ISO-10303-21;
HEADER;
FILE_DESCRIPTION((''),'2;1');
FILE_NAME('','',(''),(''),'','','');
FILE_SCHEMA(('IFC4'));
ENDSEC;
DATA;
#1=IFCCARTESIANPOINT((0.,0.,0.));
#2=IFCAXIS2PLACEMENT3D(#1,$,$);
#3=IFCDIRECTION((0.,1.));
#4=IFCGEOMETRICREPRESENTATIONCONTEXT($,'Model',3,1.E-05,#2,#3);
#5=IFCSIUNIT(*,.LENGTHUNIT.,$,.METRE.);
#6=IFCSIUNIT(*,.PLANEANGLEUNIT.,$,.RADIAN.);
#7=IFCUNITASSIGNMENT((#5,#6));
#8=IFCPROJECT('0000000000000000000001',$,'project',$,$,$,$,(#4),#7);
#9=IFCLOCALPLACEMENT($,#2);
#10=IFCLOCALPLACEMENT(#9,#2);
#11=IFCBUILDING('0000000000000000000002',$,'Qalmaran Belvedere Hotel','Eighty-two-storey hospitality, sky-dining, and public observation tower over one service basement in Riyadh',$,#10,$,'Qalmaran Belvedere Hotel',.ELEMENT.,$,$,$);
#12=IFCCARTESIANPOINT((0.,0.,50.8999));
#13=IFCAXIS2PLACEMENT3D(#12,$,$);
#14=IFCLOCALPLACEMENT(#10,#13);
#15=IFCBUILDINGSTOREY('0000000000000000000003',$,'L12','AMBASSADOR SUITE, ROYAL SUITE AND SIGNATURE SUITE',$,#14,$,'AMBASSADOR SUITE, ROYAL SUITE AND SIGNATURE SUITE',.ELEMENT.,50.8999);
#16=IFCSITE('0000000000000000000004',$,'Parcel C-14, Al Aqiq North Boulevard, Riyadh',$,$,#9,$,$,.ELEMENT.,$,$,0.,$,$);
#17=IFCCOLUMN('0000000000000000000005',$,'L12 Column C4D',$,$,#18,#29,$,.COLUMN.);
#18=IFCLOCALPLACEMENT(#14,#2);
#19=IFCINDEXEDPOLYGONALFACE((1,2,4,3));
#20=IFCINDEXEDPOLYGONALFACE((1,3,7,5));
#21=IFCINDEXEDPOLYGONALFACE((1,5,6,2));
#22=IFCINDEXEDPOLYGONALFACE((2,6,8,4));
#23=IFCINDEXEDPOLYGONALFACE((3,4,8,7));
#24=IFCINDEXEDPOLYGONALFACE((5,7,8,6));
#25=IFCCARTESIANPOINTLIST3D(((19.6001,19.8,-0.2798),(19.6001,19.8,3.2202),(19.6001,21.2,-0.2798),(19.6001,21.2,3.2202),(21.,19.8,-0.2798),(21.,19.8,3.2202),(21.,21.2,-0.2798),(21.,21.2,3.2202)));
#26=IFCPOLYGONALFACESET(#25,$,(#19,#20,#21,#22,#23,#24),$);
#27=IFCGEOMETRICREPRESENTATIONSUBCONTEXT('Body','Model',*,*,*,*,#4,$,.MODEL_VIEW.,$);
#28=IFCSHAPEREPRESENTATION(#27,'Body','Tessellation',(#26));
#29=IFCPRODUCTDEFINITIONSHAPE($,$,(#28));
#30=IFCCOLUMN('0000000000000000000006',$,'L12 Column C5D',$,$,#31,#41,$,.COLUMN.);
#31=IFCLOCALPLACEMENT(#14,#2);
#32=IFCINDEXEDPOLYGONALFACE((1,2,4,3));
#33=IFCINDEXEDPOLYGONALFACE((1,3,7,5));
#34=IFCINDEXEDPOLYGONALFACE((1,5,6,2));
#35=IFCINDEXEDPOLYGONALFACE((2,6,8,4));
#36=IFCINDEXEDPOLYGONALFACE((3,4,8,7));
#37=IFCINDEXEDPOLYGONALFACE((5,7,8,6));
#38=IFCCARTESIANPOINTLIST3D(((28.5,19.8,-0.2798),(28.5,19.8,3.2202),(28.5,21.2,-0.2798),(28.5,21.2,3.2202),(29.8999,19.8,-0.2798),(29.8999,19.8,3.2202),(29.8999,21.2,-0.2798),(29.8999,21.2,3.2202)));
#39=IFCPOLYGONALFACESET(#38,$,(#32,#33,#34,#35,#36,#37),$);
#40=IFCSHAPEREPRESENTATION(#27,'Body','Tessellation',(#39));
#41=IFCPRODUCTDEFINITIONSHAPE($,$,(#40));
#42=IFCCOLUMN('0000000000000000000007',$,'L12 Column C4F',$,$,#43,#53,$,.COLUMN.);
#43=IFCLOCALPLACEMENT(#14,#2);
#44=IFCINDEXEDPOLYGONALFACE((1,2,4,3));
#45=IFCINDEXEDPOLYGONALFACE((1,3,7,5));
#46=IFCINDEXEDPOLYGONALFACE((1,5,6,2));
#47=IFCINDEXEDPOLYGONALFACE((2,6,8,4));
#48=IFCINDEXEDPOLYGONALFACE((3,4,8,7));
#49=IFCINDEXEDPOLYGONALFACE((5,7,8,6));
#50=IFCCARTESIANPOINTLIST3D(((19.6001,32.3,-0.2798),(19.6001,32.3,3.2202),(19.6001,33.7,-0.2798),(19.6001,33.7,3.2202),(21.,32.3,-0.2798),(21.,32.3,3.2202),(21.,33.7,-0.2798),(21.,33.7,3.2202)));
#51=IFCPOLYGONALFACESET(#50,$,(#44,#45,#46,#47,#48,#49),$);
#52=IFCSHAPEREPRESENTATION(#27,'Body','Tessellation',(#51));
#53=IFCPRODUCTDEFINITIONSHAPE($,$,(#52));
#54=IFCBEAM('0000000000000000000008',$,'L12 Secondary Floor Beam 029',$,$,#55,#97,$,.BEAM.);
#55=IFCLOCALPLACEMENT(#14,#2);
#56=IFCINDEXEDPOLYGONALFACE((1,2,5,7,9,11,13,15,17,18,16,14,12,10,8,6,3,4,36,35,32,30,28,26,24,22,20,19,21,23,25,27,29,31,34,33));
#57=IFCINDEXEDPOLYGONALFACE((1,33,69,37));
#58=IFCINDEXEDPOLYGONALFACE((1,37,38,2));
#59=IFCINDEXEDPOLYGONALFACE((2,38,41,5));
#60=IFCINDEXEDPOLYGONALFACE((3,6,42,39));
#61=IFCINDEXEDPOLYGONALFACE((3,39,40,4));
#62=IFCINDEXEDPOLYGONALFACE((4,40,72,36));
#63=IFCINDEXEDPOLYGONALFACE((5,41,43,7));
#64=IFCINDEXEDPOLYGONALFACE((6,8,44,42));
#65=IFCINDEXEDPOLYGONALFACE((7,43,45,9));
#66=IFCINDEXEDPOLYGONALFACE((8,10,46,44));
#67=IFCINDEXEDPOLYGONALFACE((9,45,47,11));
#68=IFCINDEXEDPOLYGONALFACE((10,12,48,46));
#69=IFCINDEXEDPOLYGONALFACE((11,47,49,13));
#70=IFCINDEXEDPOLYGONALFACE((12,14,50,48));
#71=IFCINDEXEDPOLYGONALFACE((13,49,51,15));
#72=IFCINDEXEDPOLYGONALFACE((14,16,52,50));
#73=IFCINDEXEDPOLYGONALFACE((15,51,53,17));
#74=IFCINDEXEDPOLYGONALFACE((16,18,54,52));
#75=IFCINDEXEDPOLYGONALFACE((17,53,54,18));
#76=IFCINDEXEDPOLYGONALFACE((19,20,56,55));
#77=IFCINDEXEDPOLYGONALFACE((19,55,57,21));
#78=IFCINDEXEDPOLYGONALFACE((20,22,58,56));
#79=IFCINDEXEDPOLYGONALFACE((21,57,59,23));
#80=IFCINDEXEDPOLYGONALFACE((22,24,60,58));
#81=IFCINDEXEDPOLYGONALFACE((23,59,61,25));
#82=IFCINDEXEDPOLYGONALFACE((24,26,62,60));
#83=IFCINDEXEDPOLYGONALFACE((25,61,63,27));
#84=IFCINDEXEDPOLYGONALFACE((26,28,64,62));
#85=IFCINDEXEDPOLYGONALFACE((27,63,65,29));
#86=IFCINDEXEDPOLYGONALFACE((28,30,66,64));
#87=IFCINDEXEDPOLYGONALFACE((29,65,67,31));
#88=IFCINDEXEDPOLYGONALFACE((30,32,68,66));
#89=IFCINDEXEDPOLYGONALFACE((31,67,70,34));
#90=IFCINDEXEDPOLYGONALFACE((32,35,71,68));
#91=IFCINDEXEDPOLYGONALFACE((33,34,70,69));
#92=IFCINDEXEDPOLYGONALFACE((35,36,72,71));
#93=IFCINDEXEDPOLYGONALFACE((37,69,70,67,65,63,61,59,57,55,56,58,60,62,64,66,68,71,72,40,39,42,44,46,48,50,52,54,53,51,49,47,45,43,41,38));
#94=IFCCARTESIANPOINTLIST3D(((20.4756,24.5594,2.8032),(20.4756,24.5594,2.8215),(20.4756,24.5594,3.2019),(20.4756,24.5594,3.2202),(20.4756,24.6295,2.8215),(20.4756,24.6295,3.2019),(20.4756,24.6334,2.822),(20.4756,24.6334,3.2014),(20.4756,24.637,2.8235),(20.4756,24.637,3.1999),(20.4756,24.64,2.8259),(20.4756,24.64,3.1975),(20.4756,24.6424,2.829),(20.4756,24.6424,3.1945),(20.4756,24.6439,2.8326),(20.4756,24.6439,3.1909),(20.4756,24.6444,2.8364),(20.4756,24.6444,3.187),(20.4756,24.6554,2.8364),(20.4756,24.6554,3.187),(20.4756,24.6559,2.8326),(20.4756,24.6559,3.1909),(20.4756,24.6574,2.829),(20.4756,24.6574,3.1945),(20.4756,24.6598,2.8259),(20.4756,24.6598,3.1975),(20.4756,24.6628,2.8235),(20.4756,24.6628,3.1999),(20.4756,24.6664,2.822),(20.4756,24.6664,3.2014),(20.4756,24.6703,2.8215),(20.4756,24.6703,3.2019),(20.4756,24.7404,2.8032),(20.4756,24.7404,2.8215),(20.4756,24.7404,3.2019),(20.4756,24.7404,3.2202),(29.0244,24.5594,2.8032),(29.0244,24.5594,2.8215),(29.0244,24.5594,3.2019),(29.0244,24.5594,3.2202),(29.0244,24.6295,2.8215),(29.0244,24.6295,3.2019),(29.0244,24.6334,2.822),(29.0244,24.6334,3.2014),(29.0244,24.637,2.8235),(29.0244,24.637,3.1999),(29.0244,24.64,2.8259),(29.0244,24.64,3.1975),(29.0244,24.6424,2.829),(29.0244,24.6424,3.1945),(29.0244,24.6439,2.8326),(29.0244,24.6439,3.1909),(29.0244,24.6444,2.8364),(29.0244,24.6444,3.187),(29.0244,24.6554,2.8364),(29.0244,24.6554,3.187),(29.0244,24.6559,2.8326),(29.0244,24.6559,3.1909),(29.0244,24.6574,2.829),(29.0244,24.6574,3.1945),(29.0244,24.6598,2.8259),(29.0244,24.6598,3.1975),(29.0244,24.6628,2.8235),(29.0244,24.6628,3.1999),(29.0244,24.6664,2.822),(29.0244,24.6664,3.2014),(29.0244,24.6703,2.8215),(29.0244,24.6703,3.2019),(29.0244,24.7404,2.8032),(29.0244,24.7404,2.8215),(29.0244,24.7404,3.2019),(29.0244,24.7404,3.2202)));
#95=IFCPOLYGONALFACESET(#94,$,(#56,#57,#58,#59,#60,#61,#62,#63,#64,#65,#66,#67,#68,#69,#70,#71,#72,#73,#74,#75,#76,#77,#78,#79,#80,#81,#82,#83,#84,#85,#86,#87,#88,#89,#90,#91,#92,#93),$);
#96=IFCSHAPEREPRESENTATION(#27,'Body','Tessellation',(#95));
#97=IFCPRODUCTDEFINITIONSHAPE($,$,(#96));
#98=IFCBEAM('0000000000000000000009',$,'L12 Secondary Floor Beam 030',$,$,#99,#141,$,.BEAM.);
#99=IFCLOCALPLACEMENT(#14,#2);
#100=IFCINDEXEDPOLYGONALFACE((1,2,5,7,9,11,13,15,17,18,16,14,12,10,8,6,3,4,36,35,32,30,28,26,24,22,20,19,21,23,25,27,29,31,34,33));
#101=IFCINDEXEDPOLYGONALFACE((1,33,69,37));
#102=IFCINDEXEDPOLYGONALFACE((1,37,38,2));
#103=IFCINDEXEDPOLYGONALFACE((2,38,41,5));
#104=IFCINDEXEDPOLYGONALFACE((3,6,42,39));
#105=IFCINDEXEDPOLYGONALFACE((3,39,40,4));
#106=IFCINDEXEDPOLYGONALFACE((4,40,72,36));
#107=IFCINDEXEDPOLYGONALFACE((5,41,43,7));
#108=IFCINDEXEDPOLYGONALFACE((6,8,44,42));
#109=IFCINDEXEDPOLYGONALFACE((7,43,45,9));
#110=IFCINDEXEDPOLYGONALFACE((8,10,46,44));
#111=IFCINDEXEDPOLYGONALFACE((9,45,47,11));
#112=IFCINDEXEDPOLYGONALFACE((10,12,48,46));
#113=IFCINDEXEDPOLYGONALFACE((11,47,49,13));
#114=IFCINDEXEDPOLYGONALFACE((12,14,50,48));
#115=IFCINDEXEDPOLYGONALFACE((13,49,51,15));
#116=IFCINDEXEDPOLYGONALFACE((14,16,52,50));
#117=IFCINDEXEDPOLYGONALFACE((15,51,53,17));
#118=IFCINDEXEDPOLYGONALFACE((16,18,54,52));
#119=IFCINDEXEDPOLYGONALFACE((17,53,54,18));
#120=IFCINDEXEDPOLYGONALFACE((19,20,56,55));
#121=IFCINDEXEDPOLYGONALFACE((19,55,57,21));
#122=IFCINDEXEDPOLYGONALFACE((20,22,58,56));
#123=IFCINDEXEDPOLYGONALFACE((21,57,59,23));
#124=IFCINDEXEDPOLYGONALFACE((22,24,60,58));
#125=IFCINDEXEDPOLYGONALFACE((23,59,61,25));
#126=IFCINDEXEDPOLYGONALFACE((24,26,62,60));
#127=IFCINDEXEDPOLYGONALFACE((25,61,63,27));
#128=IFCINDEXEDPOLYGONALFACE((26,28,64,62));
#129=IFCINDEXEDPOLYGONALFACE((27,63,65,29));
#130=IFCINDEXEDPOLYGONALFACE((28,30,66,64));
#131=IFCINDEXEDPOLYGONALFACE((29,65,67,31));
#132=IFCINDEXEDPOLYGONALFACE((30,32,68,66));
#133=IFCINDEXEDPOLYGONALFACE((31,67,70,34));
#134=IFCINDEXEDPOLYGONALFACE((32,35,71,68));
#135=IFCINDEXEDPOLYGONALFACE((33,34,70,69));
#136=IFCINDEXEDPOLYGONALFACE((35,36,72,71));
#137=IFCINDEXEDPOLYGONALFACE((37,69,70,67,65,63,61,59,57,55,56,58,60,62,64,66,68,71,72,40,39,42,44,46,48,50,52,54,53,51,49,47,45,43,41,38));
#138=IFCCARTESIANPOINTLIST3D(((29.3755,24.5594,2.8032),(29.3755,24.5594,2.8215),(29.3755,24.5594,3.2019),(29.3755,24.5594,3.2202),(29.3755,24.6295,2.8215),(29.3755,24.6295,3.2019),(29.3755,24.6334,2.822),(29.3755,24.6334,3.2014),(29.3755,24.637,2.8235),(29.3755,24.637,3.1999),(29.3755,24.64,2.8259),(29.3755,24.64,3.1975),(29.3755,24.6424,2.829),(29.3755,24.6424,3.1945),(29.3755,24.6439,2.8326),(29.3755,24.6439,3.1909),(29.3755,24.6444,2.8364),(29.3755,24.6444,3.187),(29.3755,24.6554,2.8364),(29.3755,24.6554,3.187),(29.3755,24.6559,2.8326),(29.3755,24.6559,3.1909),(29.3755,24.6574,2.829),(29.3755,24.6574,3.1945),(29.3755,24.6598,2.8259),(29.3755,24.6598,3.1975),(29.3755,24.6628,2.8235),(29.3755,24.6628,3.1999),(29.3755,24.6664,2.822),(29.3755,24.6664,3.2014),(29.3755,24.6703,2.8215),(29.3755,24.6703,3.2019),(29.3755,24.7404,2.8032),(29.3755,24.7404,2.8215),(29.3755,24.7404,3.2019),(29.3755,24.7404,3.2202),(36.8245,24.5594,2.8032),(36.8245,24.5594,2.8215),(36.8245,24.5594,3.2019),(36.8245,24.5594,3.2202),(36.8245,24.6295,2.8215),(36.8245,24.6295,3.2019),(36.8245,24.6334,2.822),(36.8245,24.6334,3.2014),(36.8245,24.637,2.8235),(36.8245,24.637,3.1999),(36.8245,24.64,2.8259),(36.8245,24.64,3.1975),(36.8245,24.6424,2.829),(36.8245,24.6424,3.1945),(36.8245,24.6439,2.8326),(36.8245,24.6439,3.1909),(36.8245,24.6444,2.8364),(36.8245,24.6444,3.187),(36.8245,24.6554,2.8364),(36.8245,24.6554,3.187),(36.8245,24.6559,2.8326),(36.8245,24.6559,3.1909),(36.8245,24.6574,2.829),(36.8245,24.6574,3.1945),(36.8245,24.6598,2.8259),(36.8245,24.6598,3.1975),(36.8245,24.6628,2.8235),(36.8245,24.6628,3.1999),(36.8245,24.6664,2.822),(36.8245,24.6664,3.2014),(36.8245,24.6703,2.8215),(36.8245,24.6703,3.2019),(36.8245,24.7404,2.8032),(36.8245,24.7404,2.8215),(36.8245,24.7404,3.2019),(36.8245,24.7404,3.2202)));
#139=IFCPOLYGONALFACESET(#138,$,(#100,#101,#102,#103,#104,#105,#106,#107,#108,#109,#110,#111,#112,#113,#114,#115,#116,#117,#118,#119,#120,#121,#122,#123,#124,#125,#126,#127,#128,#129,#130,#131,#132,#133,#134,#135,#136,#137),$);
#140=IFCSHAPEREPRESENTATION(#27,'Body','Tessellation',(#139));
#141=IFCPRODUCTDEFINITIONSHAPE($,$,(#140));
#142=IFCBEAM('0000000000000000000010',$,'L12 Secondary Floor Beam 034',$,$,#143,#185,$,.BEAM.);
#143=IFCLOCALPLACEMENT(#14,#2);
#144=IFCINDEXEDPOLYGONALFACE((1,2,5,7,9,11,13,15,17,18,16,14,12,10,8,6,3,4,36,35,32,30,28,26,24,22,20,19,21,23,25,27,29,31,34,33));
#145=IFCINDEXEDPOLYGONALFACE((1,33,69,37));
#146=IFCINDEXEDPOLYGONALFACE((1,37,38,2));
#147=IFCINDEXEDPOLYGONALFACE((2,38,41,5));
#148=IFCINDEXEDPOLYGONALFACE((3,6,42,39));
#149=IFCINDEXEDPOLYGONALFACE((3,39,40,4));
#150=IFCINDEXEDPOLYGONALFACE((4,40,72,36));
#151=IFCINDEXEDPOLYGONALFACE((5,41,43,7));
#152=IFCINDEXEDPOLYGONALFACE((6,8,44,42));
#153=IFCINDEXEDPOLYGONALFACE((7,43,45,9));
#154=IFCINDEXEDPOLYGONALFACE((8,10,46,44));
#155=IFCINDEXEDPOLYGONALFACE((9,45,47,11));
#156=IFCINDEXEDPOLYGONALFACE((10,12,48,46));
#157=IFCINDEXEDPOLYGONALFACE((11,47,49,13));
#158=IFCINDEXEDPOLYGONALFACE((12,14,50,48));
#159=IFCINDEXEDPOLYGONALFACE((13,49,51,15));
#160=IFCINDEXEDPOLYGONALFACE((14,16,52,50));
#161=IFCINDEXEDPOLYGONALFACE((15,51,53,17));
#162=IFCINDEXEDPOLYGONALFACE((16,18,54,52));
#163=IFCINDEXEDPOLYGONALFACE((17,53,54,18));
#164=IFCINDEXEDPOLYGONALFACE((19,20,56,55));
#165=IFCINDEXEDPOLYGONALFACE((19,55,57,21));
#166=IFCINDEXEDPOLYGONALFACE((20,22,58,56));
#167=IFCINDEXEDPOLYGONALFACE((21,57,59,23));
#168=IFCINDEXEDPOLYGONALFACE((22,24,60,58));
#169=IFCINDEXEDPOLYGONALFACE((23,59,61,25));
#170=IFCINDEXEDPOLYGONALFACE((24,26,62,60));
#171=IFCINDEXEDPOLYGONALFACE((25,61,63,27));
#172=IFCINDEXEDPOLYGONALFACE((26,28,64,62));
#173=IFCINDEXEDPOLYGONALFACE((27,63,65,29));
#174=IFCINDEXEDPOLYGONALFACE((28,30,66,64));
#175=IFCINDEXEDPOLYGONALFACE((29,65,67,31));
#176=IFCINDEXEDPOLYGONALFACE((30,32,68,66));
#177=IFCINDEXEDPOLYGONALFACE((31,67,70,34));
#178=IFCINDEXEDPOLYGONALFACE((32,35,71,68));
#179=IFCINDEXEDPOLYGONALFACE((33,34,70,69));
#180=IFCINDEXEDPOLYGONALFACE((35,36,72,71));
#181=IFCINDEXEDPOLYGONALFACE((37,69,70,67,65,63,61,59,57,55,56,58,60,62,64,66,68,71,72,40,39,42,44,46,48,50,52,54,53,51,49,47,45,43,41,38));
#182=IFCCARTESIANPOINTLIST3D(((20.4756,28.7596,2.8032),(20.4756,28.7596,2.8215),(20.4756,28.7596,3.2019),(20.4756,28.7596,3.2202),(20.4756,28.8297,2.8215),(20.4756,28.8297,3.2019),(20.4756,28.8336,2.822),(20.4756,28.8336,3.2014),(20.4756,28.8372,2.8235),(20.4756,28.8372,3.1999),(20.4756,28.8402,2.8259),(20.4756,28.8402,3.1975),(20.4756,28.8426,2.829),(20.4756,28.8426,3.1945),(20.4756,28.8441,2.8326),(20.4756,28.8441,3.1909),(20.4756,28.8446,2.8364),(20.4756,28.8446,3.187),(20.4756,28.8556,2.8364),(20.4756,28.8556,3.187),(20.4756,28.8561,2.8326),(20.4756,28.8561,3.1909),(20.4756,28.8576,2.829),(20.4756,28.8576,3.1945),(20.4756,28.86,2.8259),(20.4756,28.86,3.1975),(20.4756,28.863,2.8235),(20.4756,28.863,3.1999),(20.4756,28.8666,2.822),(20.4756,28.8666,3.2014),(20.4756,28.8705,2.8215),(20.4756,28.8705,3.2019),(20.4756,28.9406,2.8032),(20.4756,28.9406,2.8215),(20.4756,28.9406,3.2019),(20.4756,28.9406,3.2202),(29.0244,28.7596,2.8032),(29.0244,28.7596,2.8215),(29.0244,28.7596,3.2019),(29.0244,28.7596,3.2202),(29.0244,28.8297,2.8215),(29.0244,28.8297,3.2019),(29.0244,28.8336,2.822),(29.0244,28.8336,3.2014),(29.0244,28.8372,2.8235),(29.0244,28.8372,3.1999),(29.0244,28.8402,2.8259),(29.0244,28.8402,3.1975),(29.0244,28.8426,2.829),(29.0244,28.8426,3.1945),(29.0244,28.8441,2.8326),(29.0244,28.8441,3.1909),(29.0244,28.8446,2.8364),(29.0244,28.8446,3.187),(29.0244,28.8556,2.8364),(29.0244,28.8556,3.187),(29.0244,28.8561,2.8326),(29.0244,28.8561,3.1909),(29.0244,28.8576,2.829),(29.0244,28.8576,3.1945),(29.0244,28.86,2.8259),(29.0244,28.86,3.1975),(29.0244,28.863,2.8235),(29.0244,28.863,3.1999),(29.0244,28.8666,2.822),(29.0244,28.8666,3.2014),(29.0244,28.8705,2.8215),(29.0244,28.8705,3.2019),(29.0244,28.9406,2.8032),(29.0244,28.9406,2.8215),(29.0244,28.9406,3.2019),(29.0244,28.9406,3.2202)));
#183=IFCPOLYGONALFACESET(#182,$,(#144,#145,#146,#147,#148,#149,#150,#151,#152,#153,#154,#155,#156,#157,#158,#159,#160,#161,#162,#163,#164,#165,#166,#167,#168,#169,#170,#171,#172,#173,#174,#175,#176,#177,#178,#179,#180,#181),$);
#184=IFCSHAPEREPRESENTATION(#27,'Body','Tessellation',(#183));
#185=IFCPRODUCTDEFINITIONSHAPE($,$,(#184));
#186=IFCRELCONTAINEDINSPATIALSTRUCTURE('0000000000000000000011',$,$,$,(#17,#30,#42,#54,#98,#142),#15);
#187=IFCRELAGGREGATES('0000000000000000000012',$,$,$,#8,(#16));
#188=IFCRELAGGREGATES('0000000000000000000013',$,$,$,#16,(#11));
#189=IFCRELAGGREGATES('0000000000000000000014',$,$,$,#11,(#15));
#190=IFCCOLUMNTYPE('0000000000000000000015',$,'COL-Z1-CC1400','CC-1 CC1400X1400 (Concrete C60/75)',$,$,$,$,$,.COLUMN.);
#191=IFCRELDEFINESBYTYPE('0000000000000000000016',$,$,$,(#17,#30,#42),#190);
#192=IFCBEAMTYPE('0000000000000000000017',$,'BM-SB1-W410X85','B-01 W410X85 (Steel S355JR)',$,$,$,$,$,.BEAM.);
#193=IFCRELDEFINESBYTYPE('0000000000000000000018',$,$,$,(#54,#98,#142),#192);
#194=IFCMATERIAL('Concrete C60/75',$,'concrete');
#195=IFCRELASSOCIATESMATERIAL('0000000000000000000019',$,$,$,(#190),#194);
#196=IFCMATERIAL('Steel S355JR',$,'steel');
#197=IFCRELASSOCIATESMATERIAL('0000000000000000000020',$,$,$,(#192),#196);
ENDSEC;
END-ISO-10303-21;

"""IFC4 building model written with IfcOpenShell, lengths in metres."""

from ifc_helpers import new_model, si_unit, direction, frame, origin, origin_2d, place, context, subcontext, project, spatial, rectangle, i_section, extrude, material, material_profile, profile_set, type_object, element, save


model = new_model("IFC4")

# Units and contexts
model_context = context("Model", 3, precision=1e-05, world=origin(), true_north=direction((0.0, 1.0)))
body_context = subcontext(model_context, "Body", "Model", "MODEL_VIEW")
ifc_project = project(units=[si_unit("LENGTHUNIT", "METRE"), si_unit("PLANEANGLEUNIT", "RADIAN")], contexts=[model_context])

# Site, building, storey
site_placement = place(None, origin())
site = spatial("IfcSite", under=ifc_project, at=site_placement, Name="Parcel C-14, Al Aqiq North Boulevard, Riyadh", CompositionType="ELEMENT", RefElevation=0.0)
building_placement = place(site_placement, origin())
building = spatial("IfcBuilding", under=site, at=building_placement, Name="Qalmaran Belvedere Hotel", Description="Eighty-two-storey hospitality, sky-dining, and public observation tower over one service basement in Riyadh", LongName="Qalmaran Belvedere Hotel", CompositionType="ELEMENT")
storey_placement = place(building_placement, frame((0.0, 0.0, 50.8999)))
storey = spatial("IfcBuildingStorey", under=building, at=storey_placement, Name="L12", Description="AMBASSADOR SUITE, ROYAL SUITE AND SIGNATURE SUITE", LongName="AMBASSADOR SUITE, ROYAL SUITE AND SIGNATURE SUITE", CompositionType="ELEMENT", Elevation=50.8999)

# Columns
ifc_material_1 = material(Name="Concrete C60/75", Category="concrete")
ifc_material_profile_1 = material_profile(ifc_material_1, rectangle(XDim=1.3999, YDim=1.3999, at=origin_2d()), Name="CC1400X1400")
ifc_profile_set_1 = profile_set([ifc_material_profile_1], Name="Concrete C60/75")
column_type = type_object("IfcColumnType", Name="COL-Z1-CC1400", Description="CC-1 CC1400X1400 (Concrete C60/75)", PredefinedType="COLUMN", material=ifc_profile_set_1)
for number, where, z_axis, x_axis, name in (
    (1, (20.3, 20.5, -0.2798), (0.0, 0.0, 1.0), (1.0, 0.0, 0.0), "L12 Column C4D"),
    (2, (29.2, 20.5, -0.2798), (0.0, 0.0, 1.0), (1.0, 0.0, 0.0), "L12 Column C5D"),
    (3, (20.3, 33.0, -0.2798), (0.0, 0.0, 1.0), (1.0, 0.0, 0.0), "L12 Column C4F"),
):
    element("IfcColumn", number, at=place(storey_placement, frame(where, z_axis=z_axis, x_axis=x_axis)), inside=storey, type_object=column_type, Name=name, PredefinedType="COLUMN", context=body_context, shape_type="SweptSolid", body=[
        extrude(rectangle(XDim=1.3999, YDim=1.3999, at=origin_2d()), origin(), (0.0, 0.0, 1.0), 3.5),
    ])

# Beams
ifc_material_2 = material(Name="Steel S355JR", Category="steel")
ifc_material_profile_2 = material_profile(ifc_material_2, i_section(OverallWidth=0.1809, OverallDepth=0.417, WebThickness=0.011, FlangeThickness=0.0183, FilletRadius=0.0149, at=origin_2d()), Name="W410X85")
ifc_profile_set_2 = profile_set([ifc_material_profile_2], Name="Steel S355JR")
beam_type_1 = type_object("IfcBeamType", Name="BM-SB1-W410X85", Description="B-01 W410X85 (Steel S355JR)", PredefinedType="BEAM", material=ifc_profile_set_2)
beam_1_placement = place(storey_placement, frame((20.4756, 24.6499, 3.0117), z_axis=(1.0, 0.0, 0.0), x_axis=(0.0, 1.0, 0.0)))
element("IfcBeam", 4, at=beam_1_placement, inside=storey, type_object=beam_type_1, Name="L12 Secondary Floor Beam 029", PredefinedType="BEAM", context=body_context, shape_type="SweptSolid", body=[
    extrude(i_section(OverallWidth=0.1809, OverallDepth=0.417, WebThickness=0.011, FlangeThickness=0.0183, FilletRadius=0.0149, at=origin_2d()), origin(), (0.0, 0.0, 1.0), 8.5488),
])
beam_2_placement = place(storey_placement, frame((29.3755, 24.6499, 3.0117), z_axis=(1.0, 0.0, 0.0), x_axis=(0.0, 1.0, 0.0)))
element("IfcBeam", 5, at=beam_2_placement, inside=storey, type_object=beam_type_1, Name="L12 Secondary Floor Beam 030", PredefinedType="BEAM", context=body_context, shape_type="SweptSolid", body=[
    extrude(i_section(OverallWidth=0.1809, OverallDepth=0.417, WebThickness=0.011, FlangeThickness=0.0183, FilletRadius=0.0149, at=origin_2d()), origin(), (0.0, 0.0, 1.0), 7.449),
])
beam_3_placement = place(storey_placement, frame((20.4756, 28.8501, 3.0117), z_axis=(1.0, 0.0, 0.0), x_axis=(0.0, 1.0, 0.0)))
element("IfcBeam", 6, at=beam_3_placement, inside=storey, type_object=beam_type_1, Name="L12 Secondary Floor Beam 034", PredefinedType="BEAM", context=body_context, shape_type="SweptSolid", body=[
    extrude(i_section(OverallWidth=0.1809, OverallDepth=0.417, WebThickness=0.011, FlangeThickness=0.0183, FilletRadius=0.0149, at=origin_2d()), origin(), (0.0, 0.0, 1.0), 8.5488),
])

save(model, "model.ifc")
